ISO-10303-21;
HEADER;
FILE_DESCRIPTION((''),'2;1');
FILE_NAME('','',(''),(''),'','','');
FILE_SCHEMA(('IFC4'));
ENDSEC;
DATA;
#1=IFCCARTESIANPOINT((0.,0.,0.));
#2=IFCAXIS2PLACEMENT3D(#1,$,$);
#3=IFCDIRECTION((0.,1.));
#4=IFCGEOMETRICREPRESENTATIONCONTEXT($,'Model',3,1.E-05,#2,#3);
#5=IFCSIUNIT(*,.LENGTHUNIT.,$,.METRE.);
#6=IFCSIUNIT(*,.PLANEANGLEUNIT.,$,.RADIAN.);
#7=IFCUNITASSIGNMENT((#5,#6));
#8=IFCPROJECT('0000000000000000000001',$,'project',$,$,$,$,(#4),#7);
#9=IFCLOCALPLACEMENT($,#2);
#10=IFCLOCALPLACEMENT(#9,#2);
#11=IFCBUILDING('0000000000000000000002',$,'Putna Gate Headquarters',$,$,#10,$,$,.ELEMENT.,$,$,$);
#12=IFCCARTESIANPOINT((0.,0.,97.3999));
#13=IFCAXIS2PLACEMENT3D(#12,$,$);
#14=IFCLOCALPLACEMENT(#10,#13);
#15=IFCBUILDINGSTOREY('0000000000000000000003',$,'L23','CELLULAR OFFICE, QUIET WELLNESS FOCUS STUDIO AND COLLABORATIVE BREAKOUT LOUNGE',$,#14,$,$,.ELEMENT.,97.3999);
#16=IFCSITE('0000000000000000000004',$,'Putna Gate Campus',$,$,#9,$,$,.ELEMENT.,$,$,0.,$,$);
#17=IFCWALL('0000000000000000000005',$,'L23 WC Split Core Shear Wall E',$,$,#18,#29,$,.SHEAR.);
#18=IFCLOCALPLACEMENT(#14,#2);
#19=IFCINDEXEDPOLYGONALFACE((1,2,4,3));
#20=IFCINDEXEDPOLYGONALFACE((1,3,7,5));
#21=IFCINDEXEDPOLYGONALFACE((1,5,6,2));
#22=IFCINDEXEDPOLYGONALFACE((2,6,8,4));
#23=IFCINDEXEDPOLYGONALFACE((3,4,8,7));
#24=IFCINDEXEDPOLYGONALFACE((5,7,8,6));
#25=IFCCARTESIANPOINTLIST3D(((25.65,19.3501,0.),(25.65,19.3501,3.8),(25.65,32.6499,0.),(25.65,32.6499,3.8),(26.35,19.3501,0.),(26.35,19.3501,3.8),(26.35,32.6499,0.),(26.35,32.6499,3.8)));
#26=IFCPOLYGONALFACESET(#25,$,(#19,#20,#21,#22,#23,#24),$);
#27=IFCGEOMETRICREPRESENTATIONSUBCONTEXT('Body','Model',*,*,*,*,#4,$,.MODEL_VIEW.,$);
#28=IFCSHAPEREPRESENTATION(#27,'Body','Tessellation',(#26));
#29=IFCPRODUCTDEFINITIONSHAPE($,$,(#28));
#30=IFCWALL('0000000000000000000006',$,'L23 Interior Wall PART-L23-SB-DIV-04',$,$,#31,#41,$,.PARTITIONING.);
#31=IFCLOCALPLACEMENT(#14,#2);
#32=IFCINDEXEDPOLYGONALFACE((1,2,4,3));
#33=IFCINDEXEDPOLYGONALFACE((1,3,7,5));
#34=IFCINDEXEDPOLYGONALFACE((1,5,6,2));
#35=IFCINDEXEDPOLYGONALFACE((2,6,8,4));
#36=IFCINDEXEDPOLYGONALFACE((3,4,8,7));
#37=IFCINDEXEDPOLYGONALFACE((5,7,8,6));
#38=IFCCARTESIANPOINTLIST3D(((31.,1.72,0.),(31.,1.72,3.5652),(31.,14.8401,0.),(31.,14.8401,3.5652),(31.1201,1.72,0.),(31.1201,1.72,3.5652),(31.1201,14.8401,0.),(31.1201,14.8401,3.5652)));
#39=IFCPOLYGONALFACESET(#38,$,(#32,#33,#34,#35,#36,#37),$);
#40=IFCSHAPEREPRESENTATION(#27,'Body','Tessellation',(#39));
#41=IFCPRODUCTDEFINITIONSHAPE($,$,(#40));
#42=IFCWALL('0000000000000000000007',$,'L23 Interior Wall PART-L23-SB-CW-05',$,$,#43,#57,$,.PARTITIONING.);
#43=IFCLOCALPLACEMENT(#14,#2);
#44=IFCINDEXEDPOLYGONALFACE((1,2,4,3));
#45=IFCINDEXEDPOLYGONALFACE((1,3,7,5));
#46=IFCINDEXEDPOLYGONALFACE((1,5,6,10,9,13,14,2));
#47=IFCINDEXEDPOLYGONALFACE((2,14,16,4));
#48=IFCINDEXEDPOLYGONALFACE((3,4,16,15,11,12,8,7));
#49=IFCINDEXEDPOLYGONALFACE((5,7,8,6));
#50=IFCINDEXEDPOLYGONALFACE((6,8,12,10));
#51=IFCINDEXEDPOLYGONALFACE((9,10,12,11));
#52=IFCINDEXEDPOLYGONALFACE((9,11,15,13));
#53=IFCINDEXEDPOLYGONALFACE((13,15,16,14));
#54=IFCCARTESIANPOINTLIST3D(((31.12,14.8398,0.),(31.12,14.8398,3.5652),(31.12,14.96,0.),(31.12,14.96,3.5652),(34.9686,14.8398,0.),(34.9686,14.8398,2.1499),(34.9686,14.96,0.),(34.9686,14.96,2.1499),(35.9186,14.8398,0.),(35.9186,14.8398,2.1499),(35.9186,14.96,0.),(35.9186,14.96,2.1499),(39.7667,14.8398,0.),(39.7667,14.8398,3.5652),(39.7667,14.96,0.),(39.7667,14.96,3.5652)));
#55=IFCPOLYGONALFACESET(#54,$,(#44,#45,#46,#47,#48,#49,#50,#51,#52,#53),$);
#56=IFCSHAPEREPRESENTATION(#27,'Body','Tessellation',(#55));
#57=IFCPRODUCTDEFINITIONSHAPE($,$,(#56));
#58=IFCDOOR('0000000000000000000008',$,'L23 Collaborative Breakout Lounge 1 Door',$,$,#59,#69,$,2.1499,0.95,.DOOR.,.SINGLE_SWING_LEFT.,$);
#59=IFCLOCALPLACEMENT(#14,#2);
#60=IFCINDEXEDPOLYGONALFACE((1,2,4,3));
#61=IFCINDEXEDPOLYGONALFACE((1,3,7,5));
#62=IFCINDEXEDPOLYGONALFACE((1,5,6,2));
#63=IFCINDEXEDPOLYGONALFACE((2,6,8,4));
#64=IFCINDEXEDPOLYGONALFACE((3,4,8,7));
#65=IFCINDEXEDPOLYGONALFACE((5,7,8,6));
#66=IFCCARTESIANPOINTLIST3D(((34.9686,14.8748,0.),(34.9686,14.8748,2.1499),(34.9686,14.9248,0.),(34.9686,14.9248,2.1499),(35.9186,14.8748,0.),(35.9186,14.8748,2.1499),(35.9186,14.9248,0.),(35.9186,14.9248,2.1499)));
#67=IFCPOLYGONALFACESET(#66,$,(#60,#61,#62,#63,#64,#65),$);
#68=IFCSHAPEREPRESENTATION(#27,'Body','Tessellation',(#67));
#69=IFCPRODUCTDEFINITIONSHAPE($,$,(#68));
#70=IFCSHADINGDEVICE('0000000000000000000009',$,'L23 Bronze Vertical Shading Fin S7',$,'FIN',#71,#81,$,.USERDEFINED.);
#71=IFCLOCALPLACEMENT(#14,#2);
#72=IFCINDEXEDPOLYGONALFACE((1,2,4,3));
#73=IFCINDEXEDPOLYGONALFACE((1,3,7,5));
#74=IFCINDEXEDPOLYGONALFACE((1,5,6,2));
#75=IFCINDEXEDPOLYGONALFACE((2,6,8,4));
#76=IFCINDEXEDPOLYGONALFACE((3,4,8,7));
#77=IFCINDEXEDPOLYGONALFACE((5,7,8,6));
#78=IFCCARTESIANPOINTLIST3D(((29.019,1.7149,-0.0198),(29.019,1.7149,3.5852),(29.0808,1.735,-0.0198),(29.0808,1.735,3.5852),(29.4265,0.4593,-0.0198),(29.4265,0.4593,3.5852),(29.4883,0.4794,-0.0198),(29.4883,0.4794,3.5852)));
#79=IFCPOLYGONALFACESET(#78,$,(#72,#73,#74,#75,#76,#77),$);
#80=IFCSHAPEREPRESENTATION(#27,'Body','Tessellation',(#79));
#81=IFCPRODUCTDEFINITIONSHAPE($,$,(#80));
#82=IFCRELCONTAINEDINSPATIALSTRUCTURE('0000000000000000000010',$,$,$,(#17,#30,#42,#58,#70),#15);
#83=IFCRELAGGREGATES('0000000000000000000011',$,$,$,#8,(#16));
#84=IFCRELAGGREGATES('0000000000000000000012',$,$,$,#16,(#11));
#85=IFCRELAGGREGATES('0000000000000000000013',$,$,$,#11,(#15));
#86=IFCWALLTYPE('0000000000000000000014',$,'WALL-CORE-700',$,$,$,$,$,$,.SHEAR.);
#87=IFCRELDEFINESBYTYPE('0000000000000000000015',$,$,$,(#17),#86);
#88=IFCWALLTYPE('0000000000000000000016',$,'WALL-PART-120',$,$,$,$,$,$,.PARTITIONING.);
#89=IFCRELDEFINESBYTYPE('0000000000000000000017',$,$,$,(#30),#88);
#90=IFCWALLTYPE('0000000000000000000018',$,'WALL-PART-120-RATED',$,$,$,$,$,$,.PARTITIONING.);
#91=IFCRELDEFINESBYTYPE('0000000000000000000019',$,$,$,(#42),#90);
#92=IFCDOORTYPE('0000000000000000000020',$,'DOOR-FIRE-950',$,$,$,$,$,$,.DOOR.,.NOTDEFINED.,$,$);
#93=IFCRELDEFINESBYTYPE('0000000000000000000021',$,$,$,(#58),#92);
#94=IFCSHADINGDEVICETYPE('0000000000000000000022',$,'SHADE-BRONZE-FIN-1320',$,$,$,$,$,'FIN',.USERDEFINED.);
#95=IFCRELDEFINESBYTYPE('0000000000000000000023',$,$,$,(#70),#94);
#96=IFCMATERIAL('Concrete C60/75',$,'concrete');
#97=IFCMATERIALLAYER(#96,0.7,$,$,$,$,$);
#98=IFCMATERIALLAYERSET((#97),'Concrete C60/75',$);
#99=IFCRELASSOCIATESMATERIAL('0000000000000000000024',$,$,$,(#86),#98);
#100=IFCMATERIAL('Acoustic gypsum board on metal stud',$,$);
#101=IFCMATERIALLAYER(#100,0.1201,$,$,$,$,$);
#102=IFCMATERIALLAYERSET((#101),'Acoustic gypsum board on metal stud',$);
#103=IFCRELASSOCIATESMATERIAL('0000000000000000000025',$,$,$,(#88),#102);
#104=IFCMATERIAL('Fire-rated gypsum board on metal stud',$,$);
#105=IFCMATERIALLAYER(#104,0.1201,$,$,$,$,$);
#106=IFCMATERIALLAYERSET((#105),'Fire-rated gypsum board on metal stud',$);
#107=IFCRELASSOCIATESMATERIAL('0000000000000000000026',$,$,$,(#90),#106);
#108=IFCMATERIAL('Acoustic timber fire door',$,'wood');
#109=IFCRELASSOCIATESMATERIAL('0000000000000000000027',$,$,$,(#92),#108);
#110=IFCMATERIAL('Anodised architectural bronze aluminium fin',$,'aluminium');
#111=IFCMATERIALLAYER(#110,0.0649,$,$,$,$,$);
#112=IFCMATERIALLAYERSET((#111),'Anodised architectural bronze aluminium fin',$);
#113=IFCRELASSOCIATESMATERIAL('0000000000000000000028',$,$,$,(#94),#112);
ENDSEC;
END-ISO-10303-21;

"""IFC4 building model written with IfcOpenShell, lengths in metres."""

from ifc_helpers import new_model, si_unit, direction, frame, frame_2d, origin, origin_2d, place, context, subcontext, project, spatial, rectangle, extrude, material, layer, layer_set, type_object, element, fill, save


model = new_model("IFC4")

# Units and contexts
model_context = context("Model", 3, precision=1e-05, world=origin(), true_north=direction((0.0, 1.0)))
body_context = subcontext(model_context, "Body", "Model", "MODEL_VIEW")
ifc_project = project(units=[si_unit("LENGTHUNIT", "METRE"), si_unit("PLANEANGLEUNIT", "RADIAN")], contexts=[model_context])

# Site, building, storey
site_placement = place(None, origin())
site = spatial("IfcSite", under=ifc_project, at=site_placement, Name="Putna Gate Campus", CompositionType="ELEMENT", RefElevation=0.0)
building_placement = place(site_placement, origin())
building = spatial("IfcBuilding", under=site, at=building_placement, Name="Putna Gate Headquarters", CompositionType="ELEMENT")
storey_placement = place(building_placement, frame((0.0, 0.0, 97.3999)))
storey = spatial("IfcBuildingStorey", under=building, at=storey_placement, Name="L23", Description="CELLULAR OFFICE, QUIET WELLNESS FOCUS STUDIO AND COLLABORATIVE BREAKOUT LOUNGE", CompositionType="ELEMENT", Elevation=97.3999)

# Shared definitions
ifc_material_1 = material(Name="Concrete C60/75", Category="concrete")

# Walls
ifc_layer_1 = layer(ifc_material_1, 0.7)
ifc_layer_set_1 = layer_set([ifc_layer_1], Name="Concrete C60/75")
wall_type_1 = type_object("IfcWallType", Name="WALL-CORE-700", PredefinedType="SHEAR", material=ifc_layer_set_1)
wall_1_placement = place(storey_placement, frame((26.0, 19.3501, 0.0), z_axis=(0.0, 0.0, 1.0), x_axis=(0.0, 1.0, 0.0)))
element("IfcWall", 1, at=wall_1_placement, inside=storey, type_object=wall_type_1, Name="L23 WC Split Core Shear Wall E", PredefinedType="SHEAR", context=body_context, shape_type="SweptSolid", body=[
    extrude(rectangle(XDim=13.2998, YDim=0.7, at=frame_2d((6.6499, 0.0))), origin(), (0.0, 0.0, 1.0), 3.8),
])
ifc_material_2 = material(Name="Acoustic gypsum board on metal stud")
ifc_layer_2 = layer(ifc_material_2, 0.1201)
ifc_layer_set_2 = layer_set([ifc_layer_2], Name="Acoustic gypsum board on metal stud")
wall_type_2 = type_object("IfcWallType", Name="WALL-PART-120", PredefinedType="PARTITIONING", material=ifc_layer_set_2)
wall_2_placement = place(storey_placement, frame((31.0601, 1.72, 0.0), z_axis=(0.0, 0.0, 1.0), x_axis=(0.0, 1.0, 0.0)))
element("IfcWall", 2, at=wall_2_placement, inside=storey, type_object=wall_type_2, Name="L23 Interior Wall PART-L23-SB-DIV-04", PredefinedType="PARTITIONING", context=body_context, shape_type="SweptSolid", body=[
    extrude(rectangle(XDim=13.1201, YDim=0.1201, at=frame_2d((6.5601, 0.0))), origin(), (0.0, 0.0, 1.0), 3.5652),
])

# Wall, opening, door
ifc_material_3 = material(Name="Fire-rated gypsum board on metal stud")
ifc_layer_3 = layer(ifc_material_3, 0.1201)
ifc_layer_set_3 = layer_set([ifc_layer_3], Name="Fire-rated gypsum board on metal stud")
wall_type_3 = type_object("IfcWallType", Name="WALL-PART-120-RATED", PredefinedType="PARTITIONING", material=ifc_layer_set_3)
wall_3_placement = place(storey_placement, frame((31.1201, 14.8999, 0.0), z_axis=(0.0, 0.0, 1.0), x_axis=(1.0, 0.0, 0.0)))
wall_3 = element("IfcWall", 3, at=wall_3_placement, inside=storey, type_object=wall_type_3, Name="L23 Interior Wall PART-L23-SB-CW-05", PredefinedType="PARTITIONING", context=body_context, shape_type="SweptSolid", body=[
    extrude(rectangle(XDim=8.6467, YDim=0.1201, at=frame_2d((4.3232, 0.0))), origin(), (0.0, 0.0, 1.0), 3.5652),
])
opening_placement = place(wall_3_placement, frame((3.8484, 0.0, 0.0)))
opening = element("IfcOpeningElement", 4, at=opening_placement, cuts=wall_3, PredefinedType="OPENING", context=body_context, shape_type="SweptSolid", body=[
    extrude(rectangle(XDim=0.95, YDim=2.1499, at=frame_2d((0.4751, 1.075))), frame((0.0, 0.0701, 0.0), z_axis=(0.0, -1.0, 0.0), x_axis=(1.0, 0.0, 0.0)), (0.0, 0.0, 1.0), 0.1401),
])
ifc_material_4 = material(Name="Acoustic timber fire door", Category="wood")
door_type = type_object("IfcDoorType", Name="DOOR-FIRE-950", OperationType="NOTDEFINED", PredefinedType="DOOR", material=ifc_material_4)
door_placement = place(opening_placement, origin())
door = element("IfcDoor", 5, at=door_placement, inside=storey, type_object=door_type, Name="L23 Collaborative Breakout Lounge 1 Door", OperationType="SINGLE_SWING_LEFT", OverallHeight=2.1499, OverallWidth=0.95, PredefinedType="DOOR", context=body_context, shape_type="SweptSolid", body=[
    extrude(rectangle(XDim=0.95, YDim=2.1499, at=frame_2d((0.4751, 1.075))), frame((0.0, 0.0249, 0.0), z_axis=(0.0, -1.0, 0.0), x_axis=(1.0, 0.0, 0.0)), (0.0, 0.0, 1.0), 0.05),
])
fill(opening, door)

# Shading device
ifc_material_5 = material(Name="Anodised architectural bronze aluminium fin", Category="aluminium")
ifc_layer_4 = layer(ifc_material_5, 0.0649)
ifc_layer_set_4 = layer_set([ifc_layer_4], Name="Anodised architectural bronze aluminium fin")
shading_device_type = type_object("IfcShadingDeviceType", Name="SHADE-BRONZE-FIN-1320", ElementType="FIN", PredefinedType="USERDEFINED", material=ifc_layer_set_4)
shading_device_placement = place(storey_placement, frame((29.2537, 1.0972, -0.0198), z_axis=(0.0, 0.0, 1.0), x_axis=(0.308685, -0.951164, 0.0)))
element("IfcShadingDevice", 6, at=shading_device_placement, inside=storey, type_object=shading_device_type, Name="L23 Bronze Vertical Shading Fin S7", ObjectType="FIN", PredefinedType="USERDEFINED", context=body_context, shape_type="SweptSolid", body=[
    extrude(rectangle(XDim=1.3201, YDim=0.0649, at=origin_2d()), origin(), (0.0, 0.0, 1.0), 3.605),
])

save(model, "model.ifc")
